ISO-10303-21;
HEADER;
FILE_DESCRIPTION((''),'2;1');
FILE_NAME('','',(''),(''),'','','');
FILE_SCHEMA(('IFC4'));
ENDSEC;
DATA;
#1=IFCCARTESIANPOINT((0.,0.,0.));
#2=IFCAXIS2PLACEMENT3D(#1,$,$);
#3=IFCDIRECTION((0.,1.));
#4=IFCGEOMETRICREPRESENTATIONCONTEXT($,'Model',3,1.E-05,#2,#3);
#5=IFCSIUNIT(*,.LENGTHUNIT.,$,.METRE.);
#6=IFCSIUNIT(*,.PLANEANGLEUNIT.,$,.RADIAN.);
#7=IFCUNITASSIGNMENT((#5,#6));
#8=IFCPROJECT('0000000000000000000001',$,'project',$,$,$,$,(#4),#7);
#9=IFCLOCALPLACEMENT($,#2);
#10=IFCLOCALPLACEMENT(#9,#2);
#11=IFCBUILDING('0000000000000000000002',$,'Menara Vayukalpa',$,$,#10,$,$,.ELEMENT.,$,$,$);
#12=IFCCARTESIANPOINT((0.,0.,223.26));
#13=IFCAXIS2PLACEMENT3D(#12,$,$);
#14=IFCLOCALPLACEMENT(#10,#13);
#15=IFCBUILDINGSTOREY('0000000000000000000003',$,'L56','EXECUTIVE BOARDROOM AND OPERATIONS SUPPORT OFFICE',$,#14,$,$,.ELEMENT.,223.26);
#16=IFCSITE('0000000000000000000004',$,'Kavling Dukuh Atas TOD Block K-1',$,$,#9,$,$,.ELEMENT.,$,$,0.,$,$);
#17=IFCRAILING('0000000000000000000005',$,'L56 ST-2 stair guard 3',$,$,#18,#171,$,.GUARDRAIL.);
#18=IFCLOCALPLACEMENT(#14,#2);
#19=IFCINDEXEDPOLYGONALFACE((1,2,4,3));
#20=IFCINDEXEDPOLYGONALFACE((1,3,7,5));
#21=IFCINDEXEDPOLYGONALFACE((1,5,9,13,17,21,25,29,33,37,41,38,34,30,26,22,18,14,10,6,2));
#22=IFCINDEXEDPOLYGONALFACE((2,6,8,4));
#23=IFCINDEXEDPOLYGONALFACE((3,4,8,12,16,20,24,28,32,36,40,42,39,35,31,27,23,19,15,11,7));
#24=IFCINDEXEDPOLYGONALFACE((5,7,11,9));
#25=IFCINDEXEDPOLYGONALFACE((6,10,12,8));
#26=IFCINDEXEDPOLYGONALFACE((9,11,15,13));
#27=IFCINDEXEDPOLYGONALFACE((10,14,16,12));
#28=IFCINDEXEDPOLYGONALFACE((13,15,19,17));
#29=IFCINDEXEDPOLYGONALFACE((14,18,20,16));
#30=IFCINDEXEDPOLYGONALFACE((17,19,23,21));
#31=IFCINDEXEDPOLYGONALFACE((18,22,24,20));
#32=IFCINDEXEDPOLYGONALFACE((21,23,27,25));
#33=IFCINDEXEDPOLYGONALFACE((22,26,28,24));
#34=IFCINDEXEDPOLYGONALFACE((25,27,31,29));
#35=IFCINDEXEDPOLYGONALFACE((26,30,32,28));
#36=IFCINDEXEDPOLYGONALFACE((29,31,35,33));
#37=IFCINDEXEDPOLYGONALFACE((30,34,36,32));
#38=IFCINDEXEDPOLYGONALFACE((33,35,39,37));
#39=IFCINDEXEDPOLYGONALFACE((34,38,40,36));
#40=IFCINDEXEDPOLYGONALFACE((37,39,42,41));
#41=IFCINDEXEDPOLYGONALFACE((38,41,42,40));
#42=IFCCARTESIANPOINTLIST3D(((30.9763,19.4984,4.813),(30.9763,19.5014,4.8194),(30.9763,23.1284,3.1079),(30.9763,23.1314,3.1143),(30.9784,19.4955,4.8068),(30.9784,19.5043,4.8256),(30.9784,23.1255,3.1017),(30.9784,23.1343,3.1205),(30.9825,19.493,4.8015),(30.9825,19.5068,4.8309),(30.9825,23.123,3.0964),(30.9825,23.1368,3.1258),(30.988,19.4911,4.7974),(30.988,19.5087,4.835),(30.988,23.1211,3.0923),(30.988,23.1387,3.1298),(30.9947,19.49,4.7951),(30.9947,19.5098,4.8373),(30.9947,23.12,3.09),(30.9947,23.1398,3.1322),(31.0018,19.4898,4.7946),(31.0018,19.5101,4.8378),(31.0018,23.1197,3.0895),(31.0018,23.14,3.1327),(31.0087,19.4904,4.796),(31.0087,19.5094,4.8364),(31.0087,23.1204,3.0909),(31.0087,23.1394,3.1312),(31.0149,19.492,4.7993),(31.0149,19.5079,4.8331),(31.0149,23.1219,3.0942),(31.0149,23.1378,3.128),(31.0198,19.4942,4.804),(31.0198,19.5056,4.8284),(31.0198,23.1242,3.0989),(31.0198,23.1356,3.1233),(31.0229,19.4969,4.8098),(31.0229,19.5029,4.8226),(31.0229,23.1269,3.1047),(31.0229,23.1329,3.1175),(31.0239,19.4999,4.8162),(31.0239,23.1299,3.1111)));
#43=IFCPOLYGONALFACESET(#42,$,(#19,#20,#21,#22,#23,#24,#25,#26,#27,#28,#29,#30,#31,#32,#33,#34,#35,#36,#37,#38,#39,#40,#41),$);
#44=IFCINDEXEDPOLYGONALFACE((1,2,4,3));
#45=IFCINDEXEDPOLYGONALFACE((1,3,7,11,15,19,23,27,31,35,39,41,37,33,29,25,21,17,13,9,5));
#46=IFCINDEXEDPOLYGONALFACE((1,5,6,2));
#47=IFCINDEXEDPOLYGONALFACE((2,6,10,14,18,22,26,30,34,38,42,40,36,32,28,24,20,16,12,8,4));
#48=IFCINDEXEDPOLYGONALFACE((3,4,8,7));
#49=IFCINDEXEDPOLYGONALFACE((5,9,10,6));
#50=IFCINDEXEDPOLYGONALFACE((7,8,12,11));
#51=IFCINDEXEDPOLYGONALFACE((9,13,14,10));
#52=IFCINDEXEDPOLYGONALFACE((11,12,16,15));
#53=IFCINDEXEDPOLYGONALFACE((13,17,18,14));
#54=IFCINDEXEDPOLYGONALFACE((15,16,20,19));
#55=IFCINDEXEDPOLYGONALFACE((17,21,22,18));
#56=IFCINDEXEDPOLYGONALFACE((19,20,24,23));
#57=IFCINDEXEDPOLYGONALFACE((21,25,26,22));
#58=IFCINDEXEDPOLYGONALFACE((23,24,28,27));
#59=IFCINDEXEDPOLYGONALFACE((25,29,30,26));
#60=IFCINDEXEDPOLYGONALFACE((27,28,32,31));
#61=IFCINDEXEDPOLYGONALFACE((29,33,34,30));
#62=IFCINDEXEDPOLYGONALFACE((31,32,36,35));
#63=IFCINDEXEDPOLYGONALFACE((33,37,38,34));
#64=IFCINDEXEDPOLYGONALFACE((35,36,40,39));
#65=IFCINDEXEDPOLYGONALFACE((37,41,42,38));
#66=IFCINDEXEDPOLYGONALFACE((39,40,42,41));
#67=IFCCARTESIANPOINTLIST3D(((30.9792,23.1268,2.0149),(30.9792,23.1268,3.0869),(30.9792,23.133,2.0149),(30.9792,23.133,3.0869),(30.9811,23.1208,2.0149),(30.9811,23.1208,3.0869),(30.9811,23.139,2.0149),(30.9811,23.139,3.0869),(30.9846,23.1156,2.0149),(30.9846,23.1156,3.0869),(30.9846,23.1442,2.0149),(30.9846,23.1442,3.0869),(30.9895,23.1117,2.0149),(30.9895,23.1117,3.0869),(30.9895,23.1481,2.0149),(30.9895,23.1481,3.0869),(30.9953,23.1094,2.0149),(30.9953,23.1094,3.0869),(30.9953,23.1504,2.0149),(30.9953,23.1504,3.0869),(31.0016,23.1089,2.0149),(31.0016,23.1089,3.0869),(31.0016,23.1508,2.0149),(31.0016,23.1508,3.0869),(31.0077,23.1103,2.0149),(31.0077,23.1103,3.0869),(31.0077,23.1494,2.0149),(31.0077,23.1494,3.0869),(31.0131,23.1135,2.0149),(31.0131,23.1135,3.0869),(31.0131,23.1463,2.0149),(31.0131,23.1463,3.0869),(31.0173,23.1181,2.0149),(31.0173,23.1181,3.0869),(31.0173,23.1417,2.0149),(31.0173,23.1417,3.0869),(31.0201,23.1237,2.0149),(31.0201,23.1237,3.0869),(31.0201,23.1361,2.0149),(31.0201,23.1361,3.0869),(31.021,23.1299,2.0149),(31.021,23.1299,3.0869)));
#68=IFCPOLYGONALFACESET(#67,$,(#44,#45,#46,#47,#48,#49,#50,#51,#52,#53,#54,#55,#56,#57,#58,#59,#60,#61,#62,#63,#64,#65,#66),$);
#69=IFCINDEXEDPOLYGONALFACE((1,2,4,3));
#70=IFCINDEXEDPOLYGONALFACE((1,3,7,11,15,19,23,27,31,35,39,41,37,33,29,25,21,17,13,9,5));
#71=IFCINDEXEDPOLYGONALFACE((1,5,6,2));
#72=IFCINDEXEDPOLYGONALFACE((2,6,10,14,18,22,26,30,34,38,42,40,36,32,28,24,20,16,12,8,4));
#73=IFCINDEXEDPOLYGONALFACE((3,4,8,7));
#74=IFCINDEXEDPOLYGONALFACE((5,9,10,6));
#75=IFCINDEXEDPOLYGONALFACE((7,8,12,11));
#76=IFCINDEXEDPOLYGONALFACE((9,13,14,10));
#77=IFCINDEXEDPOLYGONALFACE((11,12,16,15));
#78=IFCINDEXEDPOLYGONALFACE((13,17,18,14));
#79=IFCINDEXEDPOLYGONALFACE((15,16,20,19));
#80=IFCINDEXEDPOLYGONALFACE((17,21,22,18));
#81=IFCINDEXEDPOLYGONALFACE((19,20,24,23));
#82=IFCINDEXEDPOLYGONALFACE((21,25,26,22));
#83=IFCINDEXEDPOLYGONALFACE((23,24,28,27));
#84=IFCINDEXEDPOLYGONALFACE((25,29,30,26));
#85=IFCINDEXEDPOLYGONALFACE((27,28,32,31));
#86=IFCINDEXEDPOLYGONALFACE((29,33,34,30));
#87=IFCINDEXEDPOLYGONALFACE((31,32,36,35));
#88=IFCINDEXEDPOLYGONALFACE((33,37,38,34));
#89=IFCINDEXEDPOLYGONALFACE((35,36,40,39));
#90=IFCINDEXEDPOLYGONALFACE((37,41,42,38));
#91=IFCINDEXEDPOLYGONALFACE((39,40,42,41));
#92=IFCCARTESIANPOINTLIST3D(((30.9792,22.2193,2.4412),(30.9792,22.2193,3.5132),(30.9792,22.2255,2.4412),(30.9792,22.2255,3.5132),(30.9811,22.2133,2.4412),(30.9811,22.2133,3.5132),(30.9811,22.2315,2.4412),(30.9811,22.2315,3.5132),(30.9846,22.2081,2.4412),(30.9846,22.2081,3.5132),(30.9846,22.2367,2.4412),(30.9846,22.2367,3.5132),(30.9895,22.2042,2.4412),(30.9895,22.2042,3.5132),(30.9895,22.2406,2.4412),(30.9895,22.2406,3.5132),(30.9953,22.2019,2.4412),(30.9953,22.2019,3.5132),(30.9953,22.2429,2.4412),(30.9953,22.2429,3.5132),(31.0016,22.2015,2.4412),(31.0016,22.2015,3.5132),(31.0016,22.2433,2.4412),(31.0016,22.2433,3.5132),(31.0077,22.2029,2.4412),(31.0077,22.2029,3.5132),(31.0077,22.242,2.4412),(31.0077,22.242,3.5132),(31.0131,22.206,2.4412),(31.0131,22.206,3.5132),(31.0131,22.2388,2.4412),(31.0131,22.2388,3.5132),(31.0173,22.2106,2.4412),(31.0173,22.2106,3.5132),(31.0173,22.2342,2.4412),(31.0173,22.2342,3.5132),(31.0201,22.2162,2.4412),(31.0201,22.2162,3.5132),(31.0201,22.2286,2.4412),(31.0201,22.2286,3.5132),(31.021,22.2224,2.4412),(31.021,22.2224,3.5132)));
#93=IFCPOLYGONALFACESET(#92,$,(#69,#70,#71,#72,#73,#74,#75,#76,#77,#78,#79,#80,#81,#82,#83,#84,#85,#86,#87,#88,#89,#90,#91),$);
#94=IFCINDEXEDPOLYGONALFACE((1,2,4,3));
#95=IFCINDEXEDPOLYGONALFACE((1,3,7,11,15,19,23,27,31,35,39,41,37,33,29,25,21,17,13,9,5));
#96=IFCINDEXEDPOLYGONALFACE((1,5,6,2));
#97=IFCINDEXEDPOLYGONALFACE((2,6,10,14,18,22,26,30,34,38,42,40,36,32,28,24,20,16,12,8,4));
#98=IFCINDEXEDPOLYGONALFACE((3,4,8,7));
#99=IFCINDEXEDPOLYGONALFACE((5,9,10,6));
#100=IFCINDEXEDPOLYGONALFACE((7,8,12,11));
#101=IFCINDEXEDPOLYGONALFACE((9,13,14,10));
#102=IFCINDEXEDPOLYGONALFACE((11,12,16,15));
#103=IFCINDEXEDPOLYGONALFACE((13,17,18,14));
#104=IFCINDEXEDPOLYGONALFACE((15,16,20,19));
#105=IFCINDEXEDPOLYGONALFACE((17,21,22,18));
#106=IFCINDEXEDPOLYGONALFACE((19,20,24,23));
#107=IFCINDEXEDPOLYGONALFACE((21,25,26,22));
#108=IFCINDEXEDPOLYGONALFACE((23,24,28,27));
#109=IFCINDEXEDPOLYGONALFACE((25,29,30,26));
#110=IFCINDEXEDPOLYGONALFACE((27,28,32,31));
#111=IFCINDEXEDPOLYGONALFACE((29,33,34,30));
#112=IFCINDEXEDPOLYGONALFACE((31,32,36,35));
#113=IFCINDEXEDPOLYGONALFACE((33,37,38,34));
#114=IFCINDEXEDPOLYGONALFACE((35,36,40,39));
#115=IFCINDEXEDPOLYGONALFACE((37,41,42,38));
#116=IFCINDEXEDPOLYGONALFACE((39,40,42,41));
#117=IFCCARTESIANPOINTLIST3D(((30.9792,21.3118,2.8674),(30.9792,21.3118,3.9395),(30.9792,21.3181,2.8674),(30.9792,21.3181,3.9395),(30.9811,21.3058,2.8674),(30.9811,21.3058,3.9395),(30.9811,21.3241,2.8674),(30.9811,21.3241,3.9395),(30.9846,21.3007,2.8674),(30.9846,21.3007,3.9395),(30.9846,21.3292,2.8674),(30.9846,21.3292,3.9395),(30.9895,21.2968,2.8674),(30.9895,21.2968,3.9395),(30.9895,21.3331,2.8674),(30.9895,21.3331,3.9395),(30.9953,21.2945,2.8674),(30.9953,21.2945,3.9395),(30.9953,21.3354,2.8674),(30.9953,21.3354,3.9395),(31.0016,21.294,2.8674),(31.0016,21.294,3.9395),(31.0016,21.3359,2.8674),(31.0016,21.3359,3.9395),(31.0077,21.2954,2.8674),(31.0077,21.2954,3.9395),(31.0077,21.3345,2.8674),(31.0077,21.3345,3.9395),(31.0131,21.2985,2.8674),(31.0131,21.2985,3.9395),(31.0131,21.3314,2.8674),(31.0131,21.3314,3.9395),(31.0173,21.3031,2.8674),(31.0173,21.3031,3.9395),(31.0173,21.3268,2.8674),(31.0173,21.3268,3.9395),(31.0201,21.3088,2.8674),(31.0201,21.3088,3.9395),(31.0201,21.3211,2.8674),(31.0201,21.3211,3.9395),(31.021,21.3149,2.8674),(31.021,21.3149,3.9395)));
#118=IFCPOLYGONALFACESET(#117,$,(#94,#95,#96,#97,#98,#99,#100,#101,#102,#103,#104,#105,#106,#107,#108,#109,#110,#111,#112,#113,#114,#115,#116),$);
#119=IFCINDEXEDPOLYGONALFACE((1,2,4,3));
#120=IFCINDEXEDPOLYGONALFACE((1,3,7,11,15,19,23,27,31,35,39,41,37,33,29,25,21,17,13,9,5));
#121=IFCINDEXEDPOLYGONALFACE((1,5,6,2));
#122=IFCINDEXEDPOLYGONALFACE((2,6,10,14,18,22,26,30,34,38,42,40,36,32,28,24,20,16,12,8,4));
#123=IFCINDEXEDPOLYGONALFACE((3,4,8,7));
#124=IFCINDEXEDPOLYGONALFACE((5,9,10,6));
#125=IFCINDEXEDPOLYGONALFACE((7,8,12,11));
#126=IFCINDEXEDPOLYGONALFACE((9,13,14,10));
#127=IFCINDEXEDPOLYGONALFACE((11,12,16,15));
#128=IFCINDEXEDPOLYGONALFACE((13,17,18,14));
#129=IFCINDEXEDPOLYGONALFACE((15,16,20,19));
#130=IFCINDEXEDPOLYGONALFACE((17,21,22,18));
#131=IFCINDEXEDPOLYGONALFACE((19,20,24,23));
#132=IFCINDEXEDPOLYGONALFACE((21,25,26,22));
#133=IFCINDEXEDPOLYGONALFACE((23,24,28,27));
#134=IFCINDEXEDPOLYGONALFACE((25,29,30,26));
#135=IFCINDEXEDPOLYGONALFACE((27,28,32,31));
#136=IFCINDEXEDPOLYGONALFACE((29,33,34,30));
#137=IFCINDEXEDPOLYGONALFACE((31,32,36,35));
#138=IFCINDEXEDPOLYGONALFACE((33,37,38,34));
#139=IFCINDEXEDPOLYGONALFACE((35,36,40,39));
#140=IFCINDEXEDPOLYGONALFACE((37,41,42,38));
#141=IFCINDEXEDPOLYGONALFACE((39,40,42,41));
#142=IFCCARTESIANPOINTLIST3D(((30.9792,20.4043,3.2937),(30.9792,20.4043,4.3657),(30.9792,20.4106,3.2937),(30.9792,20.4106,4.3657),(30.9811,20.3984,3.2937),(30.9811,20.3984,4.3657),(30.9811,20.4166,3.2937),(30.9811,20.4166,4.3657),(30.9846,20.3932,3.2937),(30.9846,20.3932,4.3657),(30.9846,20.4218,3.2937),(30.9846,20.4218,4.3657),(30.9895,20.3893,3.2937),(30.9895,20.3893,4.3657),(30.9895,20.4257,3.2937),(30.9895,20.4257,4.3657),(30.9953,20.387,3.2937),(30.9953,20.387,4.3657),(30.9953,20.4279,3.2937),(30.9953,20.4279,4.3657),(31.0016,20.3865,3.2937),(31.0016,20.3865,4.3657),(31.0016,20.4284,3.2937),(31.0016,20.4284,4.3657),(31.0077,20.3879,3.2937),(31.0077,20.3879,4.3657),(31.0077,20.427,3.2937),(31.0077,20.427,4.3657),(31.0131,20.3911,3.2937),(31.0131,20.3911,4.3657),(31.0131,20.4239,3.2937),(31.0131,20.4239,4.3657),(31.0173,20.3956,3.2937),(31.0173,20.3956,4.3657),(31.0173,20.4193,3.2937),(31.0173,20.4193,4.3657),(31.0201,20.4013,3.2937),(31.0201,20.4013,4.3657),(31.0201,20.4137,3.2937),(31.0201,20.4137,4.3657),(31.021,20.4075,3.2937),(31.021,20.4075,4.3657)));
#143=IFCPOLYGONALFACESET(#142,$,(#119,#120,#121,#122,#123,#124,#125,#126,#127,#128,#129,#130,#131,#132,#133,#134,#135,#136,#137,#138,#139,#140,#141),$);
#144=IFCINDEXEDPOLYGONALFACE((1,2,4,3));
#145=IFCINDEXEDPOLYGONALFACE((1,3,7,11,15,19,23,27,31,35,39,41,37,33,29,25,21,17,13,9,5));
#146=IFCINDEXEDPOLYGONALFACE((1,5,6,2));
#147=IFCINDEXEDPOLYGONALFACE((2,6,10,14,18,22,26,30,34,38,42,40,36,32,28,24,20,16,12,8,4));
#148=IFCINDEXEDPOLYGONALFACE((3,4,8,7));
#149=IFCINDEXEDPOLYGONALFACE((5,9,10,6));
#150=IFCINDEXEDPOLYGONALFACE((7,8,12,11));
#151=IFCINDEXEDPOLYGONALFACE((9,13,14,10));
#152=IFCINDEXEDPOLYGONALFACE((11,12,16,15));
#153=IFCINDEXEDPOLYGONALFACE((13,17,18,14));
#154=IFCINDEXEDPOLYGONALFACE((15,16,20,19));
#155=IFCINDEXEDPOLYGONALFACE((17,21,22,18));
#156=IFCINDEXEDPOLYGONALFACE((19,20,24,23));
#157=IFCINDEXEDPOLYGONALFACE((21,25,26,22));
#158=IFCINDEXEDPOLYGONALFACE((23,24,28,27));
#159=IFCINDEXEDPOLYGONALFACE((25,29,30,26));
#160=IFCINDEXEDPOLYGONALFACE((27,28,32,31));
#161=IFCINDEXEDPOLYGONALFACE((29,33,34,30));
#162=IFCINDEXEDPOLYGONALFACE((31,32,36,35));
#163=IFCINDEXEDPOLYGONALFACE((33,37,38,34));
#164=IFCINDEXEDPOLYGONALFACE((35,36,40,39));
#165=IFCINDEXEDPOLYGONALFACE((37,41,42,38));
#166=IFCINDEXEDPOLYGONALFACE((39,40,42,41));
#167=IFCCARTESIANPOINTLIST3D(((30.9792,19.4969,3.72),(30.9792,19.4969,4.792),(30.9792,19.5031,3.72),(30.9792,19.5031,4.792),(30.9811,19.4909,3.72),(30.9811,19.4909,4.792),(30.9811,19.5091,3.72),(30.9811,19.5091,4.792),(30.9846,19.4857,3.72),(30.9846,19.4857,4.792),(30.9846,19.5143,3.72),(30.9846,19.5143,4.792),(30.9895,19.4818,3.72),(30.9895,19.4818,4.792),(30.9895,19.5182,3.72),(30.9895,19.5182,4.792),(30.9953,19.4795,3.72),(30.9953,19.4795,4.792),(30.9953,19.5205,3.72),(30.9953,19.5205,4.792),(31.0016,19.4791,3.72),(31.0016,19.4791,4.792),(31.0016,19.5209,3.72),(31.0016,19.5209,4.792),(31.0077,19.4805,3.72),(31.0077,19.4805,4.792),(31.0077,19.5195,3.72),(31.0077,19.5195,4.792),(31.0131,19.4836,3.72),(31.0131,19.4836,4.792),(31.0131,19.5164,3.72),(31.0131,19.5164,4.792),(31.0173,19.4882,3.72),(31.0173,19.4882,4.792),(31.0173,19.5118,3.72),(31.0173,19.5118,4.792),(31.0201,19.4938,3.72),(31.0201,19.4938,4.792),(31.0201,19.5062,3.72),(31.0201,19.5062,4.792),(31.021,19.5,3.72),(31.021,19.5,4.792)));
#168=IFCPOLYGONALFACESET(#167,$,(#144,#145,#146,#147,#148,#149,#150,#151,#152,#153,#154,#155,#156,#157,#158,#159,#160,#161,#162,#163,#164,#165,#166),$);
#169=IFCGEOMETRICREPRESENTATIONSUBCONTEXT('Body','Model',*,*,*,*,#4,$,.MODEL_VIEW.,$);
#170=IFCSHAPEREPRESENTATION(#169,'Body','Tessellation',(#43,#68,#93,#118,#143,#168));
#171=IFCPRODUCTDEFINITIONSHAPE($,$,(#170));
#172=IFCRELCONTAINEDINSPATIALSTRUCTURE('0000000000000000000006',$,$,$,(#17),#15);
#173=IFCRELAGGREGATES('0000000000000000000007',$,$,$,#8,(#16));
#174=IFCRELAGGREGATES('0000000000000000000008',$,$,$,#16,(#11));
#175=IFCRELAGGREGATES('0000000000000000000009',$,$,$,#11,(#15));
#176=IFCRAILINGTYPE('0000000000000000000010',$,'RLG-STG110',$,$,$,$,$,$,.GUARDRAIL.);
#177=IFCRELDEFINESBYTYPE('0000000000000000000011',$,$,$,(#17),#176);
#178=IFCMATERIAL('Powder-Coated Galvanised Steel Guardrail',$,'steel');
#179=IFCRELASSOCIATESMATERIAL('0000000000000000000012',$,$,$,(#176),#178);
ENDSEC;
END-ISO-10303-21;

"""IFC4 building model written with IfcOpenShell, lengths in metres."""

from ifc_helpers import new_model, si_unit, direction, frame, origin, origin_2d, place, context, subcontext, project, spatial, circle, extrude, material, type_object, element, save


model = new_model("IFC4")

# Units and contexts
model_context = context("Model", 3, precision=1e-05, world=origin(), true_north=direction((0.0, 1.0)))
body_context = subcontext(model_context, "Body", "Model", "MODEL_VIEW")
ifc_project = project(units=[si_unit("LENGTHUNIT", "METRE"), si_unit("PLANEANGLEUNIT", "RADIAN")], contexts=[model_context])

# Site, building, storey
site_placement = place(None, origin())
site = spatial("IfcSite", under=ifc_project, at=site_placement, Name="Kavling Dukuh Atas TOD Block K-1", CompositionType="ELEMENT", RefElevation=0.0)
building_placement = place(site_placement, origin())
building = spatial("IfcBuilding", under=site, at=building_placement, Name="Menara Vayukalpa", CompositionType="ELEMENT")
storey_placement = place(building_placement, frame((0.0, 0.0, 223.26)))
storey = spatial("IfcBuildingStorey", under=building, at=storey_placement, Name="L56", Description="EXECUTIVE BOARDROOM AND OPERATIONS SUPPORT OFFICE", CompositionType="ELEMENT", Elevation=223.26)

# Railing
ifc_material_1 = material(Name="Powder-Coated Galvanised Steel Guardrail", Category="steel")
railing_type_1 = type_object("IfcRailingType", Name="RLG-STG110", PredefinedType="GUARDRAIL", material=ifc_material_1)
railing_1_placement = place(storey_placement, frame((31.0, 23.1299, 2.0149)))
element("IfcRailing", 1, at=railing_1_placement, inside=storey, type_object=railing_type_1, Name="L56 ST-2 stair guard 3", PredefinedType="GUARDRAIL", context=body_context, shape_type="SweptSolid", body=[
    extrude(circle(Radius=0.0239, at=origin_2d()), frame((0.0, 0.0, 1.0962), z_axis=(0.0, -0.905116, 0.425164), x_axis=(1.0, 0.0, 0.0)), (0.0, 0.0, 1.0), 4.0105),
    extrude(circle(Radius=0.021, at=origin_2d()), origin(), (0.0, 0.0, 1.0), 1.072),
    extrude(circle(Radius=0.021, at=origin_2d()), frame((0.0, -0.9075, 0.4263)), (0.0, 0.0, 1.0), 1.072),
    extrude(circle(Radius=0.021, at=origin_2d()), frame((0.0, -1.8149, 0.8525)), (0.0, 0.0, 1.0), 1.072),
    extrude(circle(Radius=0.021, at=origin_2d()), frame((0.0, -2.7224, 1.2788)), (0.0, 0.0, 1.0), 1.072),
    extrude(circle(Radius=0.021, at=origin_2d()), frame((0.0, -3.6299, 1.7051)), (0.0, 0.0, 1.0), 1.072),
])

save(model, "model.ifc")
